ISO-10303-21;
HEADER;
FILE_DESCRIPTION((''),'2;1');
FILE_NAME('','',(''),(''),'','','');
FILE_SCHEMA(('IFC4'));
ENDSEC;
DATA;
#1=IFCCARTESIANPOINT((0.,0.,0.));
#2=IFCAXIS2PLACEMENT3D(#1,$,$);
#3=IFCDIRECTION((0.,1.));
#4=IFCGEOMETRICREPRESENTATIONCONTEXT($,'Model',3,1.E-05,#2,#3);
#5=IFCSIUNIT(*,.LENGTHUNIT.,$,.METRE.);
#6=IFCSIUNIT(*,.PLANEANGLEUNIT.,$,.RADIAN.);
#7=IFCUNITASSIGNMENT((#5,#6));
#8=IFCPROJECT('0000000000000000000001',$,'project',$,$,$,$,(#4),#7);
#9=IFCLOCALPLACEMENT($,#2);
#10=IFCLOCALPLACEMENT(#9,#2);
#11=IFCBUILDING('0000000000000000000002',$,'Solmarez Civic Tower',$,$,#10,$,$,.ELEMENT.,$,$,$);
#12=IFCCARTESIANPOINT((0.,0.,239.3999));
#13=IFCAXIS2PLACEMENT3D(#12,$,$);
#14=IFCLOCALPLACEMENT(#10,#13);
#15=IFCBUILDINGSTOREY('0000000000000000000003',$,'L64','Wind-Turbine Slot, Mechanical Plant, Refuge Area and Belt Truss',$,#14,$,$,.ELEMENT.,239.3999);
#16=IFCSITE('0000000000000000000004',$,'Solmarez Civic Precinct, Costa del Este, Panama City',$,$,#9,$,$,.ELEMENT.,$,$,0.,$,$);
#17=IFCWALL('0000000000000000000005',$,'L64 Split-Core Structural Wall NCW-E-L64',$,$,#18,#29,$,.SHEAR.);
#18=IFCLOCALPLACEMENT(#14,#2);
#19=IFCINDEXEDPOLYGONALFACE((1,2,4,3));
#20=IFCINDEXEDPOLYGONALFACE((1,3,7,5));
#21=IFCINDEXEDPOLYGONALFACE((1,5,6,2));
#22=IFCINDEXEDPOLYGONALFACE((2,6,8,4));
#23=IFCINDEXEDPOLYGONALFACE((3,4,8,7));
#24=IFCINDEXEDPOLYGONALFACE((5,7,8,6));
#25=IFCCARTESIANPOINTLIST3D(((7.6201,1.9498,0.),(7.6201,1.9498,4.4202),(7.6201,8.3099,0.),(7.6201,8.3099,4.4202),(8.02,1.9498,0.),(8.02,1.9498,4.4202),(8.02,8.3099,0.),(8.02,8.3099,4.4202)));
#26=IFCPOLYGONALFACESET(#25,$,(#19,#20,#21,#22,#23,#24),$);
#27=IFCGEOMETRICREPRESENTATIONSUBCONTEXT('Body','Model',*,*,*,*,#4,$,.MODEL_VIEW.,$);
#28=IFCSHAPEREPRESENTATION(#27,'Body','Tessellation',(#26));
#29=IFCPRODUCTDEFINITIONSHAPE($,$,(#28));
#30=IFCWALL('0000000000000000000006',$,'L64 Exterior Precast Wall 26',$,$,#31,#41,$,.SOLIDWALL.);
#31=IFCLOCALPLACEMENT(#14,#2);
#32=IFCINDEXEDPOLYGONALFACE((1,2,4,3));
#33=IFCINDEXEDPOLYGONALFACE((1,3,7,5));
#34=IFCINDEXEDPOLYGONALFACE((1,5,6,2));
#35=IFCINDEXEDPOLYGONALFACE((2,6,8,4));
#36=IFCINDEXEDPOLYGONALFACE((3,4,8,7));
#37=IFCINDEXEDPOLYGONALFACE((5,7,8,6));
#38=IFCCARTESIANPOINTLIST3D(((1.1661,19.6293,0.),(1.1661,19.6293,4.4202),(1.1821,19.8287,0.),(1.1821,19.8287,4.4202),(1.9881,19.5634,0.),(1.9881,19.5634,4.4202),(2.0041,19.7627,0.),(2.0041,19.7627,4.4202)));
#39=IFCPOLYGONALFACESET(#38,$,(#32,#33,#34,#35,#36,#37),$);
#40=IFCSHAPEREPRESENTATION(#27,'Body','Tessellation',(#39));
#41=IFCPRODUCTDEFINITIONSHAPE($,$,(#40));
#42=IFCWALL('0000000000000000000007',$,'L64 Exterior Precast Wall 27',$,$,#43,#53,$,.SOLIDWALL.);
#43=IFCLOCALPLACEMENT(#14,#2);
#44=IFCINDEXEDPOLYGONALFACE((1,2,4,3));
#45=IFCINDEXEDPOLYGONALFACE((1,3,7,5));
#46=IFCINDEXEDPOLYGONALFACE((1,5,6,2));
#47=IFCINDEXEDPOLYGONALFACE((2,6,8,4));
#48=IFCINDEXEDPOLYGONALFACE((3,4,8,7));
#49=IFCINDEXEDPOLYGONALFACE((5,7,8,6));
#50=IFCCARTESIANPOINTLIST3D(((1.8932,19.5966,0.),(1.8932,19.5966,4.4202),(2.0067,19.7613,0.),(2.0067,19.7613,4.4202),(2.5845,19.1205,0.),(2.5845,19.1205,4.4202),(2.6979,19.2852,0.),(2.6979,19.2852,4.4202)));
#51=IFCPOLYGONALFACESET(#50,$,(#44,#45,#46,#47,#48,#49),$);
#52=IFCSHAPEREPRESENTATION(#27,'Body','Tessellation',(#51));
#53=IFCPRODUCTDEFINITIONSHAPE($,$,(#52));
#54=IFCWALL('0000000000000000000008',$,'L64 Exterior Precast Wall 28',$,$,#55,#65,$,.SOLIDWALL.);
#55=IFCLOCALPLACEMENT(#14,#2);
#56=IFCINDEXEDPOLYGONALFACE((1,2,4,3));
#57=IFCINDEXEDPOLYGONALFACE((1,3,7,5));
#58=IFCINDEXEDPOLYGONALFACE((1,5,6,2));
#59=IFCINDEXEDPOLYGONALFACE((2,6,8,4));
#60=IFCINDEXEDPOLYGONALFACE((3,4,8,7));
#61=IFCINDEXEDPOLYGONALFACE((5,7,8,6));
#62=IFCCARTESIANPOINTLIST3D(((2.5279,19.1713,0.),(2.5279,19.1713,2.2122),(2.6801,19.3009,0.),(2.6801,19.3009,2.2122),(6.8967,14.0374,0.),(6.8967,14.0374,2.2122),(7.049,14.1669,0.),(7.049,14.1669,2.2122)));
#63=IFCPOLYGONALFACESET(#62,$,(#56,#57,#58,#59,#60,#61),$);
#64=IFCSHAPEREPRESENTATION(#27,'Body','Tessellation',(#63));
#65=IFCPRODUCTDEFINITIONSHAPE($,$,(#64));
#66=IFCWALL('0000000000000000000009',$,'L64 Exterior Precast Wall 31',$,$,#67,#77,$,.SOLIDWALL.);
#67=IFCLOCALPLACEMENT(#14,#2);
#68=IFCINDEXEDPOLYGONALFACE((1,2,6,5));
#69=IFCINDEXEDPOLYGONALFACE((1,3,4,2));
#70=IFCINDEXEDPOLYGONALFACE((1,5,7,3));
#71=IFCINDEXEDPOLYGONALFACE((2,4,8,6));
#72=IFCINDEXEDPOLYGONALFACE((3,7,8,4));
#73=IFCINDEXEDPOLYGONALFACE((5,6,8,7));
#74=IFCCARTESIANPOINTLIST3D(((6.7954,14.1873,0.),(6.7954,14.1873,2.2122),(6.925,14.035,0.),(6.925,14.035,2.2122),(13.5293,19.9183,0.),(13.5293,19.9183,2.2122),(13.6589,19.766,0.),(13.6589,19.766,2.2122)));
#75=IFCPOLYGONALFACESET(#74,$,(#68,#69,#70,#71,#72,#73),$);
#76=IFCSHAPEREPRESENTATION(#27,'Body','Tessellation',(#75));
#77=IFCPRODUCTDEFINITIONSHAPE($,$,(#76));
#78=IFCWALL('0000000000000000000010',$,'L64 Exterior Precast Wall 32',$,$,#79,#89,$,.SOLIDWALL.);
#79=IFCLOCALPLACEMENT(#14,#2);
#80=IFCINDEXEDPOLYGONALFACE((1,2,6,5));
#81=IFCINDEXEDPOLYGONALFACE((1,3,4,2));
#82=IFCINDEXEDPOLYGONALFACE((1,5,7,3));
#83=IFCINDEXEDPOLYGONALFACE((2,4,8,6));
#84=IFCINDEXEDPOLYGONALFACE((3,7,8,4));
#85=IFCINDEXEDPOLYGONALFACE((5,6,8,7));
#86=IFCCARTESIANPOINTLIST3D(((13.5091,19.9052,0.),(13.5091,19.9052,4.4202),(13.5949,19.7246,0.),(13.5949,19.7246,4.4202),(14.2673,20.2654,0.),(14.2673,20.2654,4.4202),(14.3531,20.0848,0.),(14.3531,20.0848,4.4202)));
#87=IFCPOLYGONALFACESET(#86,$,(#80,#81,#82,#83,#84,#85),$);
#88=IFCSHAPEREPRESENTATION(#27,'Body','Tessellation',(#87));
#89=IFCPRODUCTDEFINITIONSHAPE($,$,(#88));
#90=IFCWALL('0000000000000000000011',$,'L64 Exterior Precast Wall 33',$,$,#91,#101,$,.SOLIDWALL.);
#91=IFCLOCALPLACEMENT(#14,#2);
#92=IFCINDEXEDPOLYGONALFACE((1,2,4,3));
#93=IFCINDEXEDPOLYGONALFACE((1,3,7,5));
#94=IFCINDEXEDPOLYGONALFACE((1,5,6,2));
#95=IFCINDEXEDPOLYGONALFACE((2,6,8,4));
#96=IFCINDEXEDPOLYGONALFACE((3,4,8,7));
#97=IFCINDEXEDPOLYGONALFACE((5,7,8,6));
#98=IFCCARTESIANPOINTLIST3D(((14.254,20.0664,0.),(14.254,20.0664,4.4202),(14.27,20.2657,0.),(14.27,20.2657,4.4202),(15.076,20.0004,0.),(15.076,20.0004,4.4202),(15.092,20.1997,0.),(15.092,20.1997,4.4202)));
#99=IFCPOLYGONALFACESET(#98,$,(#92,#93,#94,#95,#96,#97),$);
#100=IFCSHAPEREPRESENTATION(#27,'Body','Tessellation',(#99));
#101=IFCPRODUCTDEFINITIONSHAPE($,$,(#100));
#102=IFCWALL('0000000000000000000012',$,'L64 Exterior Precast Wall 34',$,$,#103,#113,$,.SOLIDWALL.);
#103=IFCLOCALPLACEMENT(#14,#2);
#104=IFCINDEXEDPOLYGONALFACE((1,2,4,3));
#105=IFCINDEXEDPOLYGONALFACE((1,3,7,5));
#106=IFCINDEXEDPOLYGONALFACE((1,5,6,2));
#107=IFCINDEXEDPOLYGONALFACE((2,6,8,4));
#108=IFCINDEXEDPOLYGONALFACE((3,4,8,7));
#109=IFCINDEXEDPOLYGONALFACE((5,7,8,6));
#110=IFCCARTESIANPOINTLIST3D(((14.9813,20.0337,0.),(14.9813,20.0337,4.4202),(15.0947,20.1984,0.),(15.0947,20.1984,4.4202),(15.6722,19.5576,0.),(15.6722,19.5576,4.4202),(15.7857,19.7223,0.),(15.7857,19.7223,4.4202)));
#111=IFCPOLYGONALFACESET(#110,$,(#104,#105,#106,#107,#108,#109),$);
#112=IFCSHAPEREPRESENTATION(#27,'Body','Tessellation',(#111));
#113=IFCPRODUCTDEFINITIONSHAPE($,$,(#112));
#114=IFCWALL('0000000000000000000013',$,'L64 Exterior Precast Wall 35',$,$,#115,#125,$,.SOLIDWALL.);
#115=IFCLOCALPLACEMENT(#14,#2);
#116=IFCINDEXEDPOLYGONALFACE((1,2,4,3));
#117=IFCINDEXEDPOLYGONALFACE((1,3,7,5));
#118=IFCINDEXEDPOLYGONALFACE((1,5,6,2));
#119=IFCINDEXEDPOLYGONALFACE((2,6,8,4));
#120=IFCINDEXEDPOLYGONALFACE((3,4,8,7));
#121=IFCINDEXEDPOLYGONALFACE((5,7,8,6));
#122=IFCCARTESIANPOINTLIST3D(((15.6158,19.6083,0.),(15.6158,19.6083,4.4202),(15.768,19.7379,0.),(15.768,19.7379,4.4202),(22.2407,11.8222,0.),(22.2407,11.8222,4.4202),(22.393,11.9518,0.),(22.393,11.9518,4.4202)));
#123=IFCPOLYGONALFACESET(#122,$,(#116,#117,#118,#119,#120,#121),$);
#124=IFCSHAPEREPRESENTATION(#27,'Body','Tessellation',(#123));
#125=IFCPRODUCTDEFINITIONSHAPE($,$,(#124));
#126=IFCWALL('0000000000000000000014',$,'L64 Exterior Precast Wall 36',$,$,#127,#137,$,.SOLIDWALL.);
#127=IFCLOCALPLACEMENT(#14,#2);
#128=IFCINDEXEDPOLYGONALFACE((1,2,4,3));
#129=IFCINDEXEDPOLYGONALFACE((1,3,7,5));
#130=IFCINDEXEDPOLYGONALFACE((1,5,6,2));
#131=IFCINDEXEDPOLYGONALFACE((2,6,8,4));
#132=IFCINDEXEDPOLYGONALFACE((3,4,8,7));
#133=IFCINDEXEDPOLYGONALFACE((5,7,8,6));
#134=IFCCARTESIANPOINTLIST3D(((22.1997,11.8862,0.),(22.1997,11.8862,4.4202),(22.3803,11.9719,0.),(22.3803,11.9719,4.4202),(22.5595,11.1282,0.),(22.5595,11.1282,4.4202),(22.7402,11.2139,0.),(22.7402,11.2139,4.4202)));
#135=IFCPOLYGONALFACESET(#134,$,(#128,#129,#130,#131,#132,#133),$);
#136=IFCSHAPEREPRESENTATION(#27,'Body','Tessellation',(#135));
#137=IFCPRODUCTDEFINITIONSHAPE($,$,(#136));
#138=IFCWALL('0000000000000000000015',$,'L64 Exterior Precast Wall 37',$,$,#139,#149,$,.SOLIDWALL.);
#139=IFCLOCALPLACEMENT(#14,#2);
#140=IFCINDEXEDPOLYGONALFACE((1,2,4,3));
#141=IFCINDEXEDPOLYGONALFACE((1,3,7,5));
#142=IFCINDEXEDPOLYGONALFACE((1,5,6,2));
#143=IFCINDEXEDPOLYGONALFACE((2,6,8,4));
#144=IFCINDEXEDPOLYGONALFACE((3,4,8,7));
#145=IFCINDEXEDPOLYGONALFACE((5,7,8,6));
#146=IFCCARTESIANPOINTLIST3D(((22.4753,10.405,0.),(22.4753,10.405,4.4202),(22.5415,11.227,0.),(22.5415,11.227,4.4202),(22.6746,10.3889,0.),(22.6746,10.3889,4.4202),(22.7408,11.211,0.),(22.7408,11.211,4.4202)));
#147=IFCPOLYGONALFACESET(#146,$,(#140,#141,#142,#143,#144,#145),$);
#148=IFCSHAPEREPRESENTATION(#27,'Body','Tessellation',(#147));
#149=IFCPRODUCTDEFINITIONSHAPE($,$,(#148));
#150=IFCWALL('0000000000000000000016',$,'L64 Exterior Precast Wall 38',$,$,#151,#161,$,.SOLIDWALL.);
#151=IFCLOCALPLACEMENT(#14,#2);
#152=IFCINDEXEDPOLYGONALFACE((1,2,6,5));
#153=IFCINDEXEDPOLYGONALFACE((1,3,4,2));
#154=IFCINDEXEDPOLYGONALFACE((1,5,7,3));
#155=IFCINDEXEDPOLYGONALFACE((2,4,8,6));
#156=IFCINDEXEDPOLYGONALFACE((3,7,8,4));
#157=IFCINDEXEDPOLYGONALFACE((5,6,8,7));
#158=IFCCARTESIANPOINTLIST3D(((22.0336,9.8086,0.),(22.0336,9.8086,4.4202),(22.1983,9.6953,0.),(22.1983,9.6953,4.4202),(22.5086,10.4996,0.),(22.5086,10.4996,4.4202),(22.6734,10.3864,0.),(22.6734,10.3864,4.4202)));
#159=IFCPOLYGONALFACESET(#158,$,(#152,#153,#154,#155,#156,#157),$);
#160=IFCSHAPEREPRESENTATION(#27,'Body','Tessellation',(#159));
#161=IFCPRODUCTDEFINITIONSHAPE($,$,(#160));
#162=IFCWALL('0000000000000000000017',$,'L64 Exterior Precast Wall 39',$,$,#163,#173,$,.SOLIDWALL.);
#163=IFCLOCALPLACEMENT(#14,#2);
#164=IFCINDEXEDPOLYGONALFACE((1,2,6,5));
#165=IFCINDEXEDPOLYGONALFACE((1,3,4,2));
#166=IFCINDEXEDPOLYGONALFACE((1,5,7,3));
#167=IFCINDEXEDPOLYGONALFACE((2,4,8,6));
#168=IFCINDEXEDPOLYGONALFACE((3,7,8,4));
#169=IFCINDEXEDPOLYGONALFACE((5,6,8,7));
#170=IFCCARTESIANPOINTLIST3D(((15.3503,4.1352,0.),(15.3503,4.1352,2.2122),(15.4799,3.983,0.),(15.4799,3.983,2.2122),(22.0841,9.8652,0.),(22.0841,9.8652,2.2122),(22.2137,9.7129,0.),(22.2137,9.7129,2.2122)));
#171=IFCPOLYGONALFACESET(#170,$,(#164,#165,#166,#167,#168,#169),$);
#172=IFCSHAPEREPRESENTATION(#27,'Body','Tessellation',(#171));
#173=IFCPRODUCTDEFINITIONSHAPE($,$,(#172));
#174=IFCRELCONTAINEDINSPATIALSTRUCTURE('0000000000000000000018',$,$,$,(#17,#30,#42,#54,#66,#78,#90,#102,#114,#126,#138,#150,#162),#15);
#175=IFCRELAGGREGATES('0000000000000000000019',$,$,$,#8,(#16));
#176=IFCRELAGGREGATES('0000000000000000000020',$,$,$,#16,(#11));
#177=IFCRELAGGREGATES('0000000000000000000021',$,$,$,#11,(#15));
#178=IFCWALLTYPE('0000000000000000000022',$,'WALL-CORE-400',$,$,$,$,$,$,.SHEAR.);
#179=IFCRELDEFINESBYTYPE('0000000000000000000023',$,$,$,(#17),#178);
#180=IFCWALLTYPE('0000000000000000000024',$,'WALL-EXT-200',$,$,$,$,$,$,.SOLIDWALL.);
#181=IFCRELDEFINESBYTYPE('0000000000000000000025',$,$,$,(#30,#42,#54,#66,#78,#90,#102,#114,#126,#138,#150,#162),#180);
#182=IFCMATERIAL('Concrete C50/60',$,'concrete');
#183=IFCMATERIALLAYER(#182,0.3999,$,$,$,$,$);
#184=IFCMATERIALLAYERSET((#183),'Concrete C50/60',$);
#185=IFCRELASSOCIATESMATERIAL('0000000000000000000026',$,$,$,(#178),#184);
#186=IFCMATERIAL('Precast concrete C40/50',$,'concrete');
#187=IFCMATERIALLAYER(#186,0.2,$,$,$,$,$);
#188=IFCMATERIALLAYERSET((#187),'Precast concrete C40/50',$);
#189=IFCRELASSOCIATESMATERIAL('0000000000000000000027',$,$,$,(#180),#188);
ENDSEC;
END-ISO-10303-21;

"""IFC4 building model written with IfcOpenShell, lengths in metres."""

from ifc_helpers import new_model, si_unit, direction, frame, frame_2d, origin, place, context, subcontext, project, spatial, rectangle, extrude, material, layer, layer_set, type_object, element, save


model = new_model("IFC4")

# Units and contexts
model_context = context("Model", 3, precision=1e-05, world=origin(), true_north=direction((0.0, 1.0)))
body_context = subcontext(model_context, "Body", "Model", "MODEL_VIEW")
ifc_project = project(units=[si_unit("LENGTHUNIT", "METRE"), si_unit("PLANEANGLEUNIT", "RADIAN")], contexts=[model_context])

# Site, building, storey
site_placement = place(None, origin())
site = spatial("IfcSite", under=ifc_project, at=site_placement, Name="Solmarez Civic Precinct, Costa del Este, Panama City", CompositionType="ELEMENT", RefElevation=0.0)
building_placement = place(site_placement, origin())
building = spatial("IfcBuilding", under=site, at=building_placement, Name="Solmarez Civic Tower", CompositionType="ELEMENT")
storey_placement = place(building_placement, frame((0.0, 0.0, 239.3999)))
storey = spatial("IfcBuildingStorey", under=building, at=storey_placement, Name="L64", Description="Wind-Turbine Slot, Mechanical Plant, Refuge Area and Belt Truss", CompositionType="ELEMENT", Elevation=239.3999)

# Shared definitions
ifc_material_1 = material(Name="Concrete C50/60", Category="concrete")

# Walls
ifc_layer_1 = layer(ifc_material_1, 0.3999)
ifc_layer_set_1 = layer_set([ifc_layer_1], Name="Concrete C50/60")
wall_type_1 = type_object("IfcWallType", Name="WALL-CORE-400", PredefinedType="SHEAR", material=ifc_layer_set_1)
wall_1_placement = place(storey_placement, frame((7.8201, 8.3101, 0.0), z_axis=(0.0, 0.0, 1.0), x_axis=(0.0, -1.0, 0.0)))
element("IfcWall", 1, at=wall_1_placement, inside=storey, type_object=wall_type_1, Name="L64 Split-Core Structural Wall NCW-E-L64", PredefinedType="SHEAR", context=body_context, shape_type="SweptSolid", body=[
    extrude(rectangle(XDim=6.3601, YDim=0.3999, at=frame_2d((3.1802, 0.0))), origin(), (0.0, 0.0, 1.0), 4.4202),
])
ifc_material_2 = material(Name="Precast concrete C40/50", Category="concrete")
ifc_layer_2 = layer(ifc_material_2, 0.2)
ifc_layer_set_2 = layer_set([ifc_layer_2], Name="Precast concrete C40/50")
wall_type_2 = type_object("IfcWallType", Name="WALL-EXT-200", PredefinedType="SOLIDWALL", material=ifc_layer_set_2)
wall_2_placement = place(storey_placement, frame((1.1741, 19.729, 0.0), z_axis=(0.0, 0.0, 1.0), x_axis=(0.9968, -0.079933, 0.0)))
element("IfcWall", 2, at=wall_2_placement, inside=storey, type_object=wall_type_2, Name="L64 Exterior Precast Wall 26", PredefinedType="SOLIDWALL", context=body_context, shape_type="SweptSolid", body=[
    extrude(rectangle(XDim=0.8247, YDim=0.2, at=frame_2d((0.4124, 0.0))), origin(), (0.0, 0.0, 1.0), 4.4202),
])
wall_3_placement = place(storey_placement, frame((1.95, 19.679, 0.0), z_axis=(0.0, 0.0, 1.0), x_axis=(0.823541, -0.567257, 0.0)))
element("IfcWall", 3, at=wall_3_placement, inside=storey, type_object=wall_type_2, Name="L64 Exterior Precast Wall 27", PredefinedType="SOLIDWALL", context=body_context, shape_type="SweptSolid", body=[
    extrude(rectangle(XDim=0.8394, YDim=0.2, at=frame_2d((0.4197, 0.0))), origin(), (0.0, 0.0, 1.0), 4.4202),
])
wall_4_placement = place(storey_placement, frame((2.604, 19.2361, 0.0), z_axis=(0.0, 0.0, 1.0), x_axis=(0.648076, -0.761576, 0.0)))
element("IfcWall", 4, at=wall_4_placement, inside=storey, type_object=wall_type_2, Name="L64 Exterior Precast Wall 28", PredefinedType="SOLIDWALL", context=body_context, shape_type="SweptSolid", body=[
    extrude(rectangle(XDim=6.7412, YDim=0.2, at=frame_2d((3.3706, 0.0))), origin(), (0.0, 0.0, 1.0), 2.2122),
])
wall_5_placement = place(storey_placement, frame((6.8601, 14.1111, 0.0), z_axis=(0.0, 0.0, 1.0), x_axis=(0.76154, 0.648118, 0.0)))
element("IfcWall", 5, at=wall_5_placement, inside=storey, type_object=wall_type_2, Name="L64 Exterior Precast Wall 31", PredefinedType="SOLIDWALL", context=body_context, shape_type="SweptSolid", body=[
    extrude(rectangle(XDim=8.8425, YDim=0.2, at=frame_2d((4.4214, 0.0))), origin(), (0.0, 0.0, 1.0), 2.2122),
])
wall_6_placement = place(storey_placement, frame((13.552, 19.8149, 0.0), z_axis=(0.0, 0.0, 1.0), x_axis=(0.903263, 0.429086, 0.0)))
element("IfcWall", 6, at=wall_6_placement, inside=storey, type_object=wall_type_2, Name="L64 Exterior Precast Wall 32", PredefinedType="SOLIDWALL", context=body_context, shape_type="SweptSolid", body=[
    extrude(rectangle(XDim=0.8394, YDim=0.2, at=frame_2d((0.4197, 0.0))), origin(), (0.0, 0.0, 1.0), 4.4202),
])
wall_7_placement = place(storey_placement, frame((14.262, 20.166, 0.0), z_axis=(0.0, 0.0, 1.0), x_axis=(0.9968, -0.079933, 0.0)))
element("IfcWall", 7, at=wall_7_placement, inside=storey, type_object=wall_type_2, Name="L64 Exterior Precast Wall 33", PredefinedType="SOLIDWALL", context=body_context, shape_type="SweptSolid", body=[
    extrude(rectangle(XDim=0.8247, YDim=0.2, at=frame_2d((0.4124, 0.0))), origin(), (0.0, 0.0, 1.0), 4.4202),
])
wall_8_placement = place(storey_placement, frame((15.0381, 20.116, 0.0), z_axis=(0.0, 0.0, 1.0), x_axis=(0.823447, -0.567393, 0.0)))
element("IfcWall", 8, at=wall_8_placement, inside=storey, type_object=wall_type_2, Name="L64 Exterior Precast Wall 34", PredefinedType="SOLIDWALL", context=body_context, shape_type="SweptSolid", body=[
    extrude(rectangle(XDim=0.8391, YDim=0.2, at=frame_2d((0.4194, 0.0))), origin(), (0.0, 0.0, 1.0), 4.4202),
])
wall_9_placement = place(storey_placement, frame((15.6919, 19.6731, 0.0), z_axis=(0.0, 0.0, 1.0), x_axis=(0.648034, -0.761612, 0.0)))
element("IfcWall", 9, at=wall_9_placement, inside=storey, type_object=wall_type_2, Name="L64 Exterior Precast Wall 35", PredefinedType="SOLIDWALL", context=body_context, shape_type="SweptSolid", body=[
    extrude(rectangle(XDim=10.2231, YDim=0.2, at=frame_2d((5.1116, 0.0))), origin(), (0.0, 0.0, 1.0), 4.4202),
])
wall_10_placement = place(storey_placement, frame((22.29, 11.929, 0.0), z_axis=(0.0, 0.0, 1.0), x_axis=(0.428849, -0.903376, 0.0)))
element("IfcWall", 10, at=wall_10_placement, inside=storey, type_object=wall_type_2, Name="L64 Exterior Precast Wall 36", PredefinedType="SOLIDWALL", context=body_context, shape_type="SweptSolid", body=[
    extrude(rectangle(XDim=0.8391, YDim=0.2, at=frame_2d((0.4194, 0.0))), origin(), (0.0, 0.0, 1.0), 4.4202),
])
wall_11_placement = place(storey_placement, frame((22.6411, 11.219, 0.0), z_axis=(0.0, 0.0, 1.0), x_axis=(-0.080228, -0.996777, 0.0)))
element("IfcWall", 11, at=wall_11_placement, inside=storey, type_object=wall_type_2, Name="L64 Exterior Precast Wall 37", PredefinedType="SOLIDWALL", context=body_context, shape_type="SweptSolid", body=[
    extrude(rectangle(XDim=0.8247, YDim=0.2, at=frame_2d((0.4124, 0.0))), origin(), (0.0, 0.0, 1.0), 4.4202),
])
wall_12_placement = place(storey_placement, frame((22.5911, 10.4431, 0.0), z_axis=(0.0, 0.0, 1.0), x_axis=(-0.566467, -0.824084, 0.0)))
element("IfcWall", 12, at=wall_12_placement, inside=storey, type_object=wall_type_2, Name="L64 Exterior Precast Wall 38", PredefinedType="SOLIDWALL", context=body_context, shape_type="SweptSolid", body=[
    extrude(rectangle(XDim=0.8386, YDim=0.2, at=frame_2d((0.4194, 0.0))), origin(), (0.0, 0.0, 1.0), 4.4202),
])
wall_13_placement = place(storey_placement, frame((22.1489, 9.7891, 0.0), z_axis=(0.0, 0.0, 1.0), x_axis=(-0.761594, -0.648054, 0.0)))
element("IfcWall", 13, at=wall_13_placement, inside=storey, type_object=wall_type_2, Name="L64 Exterior Precast Wall 39", PredefinedType="SOLIDWALL", context=body_context, shape_type="SweptSolid", body=[
    extrude(rectangle(XDim=8.8418, YDim=0.2, at=frame_2d((4.4209, 0.0))), origin(), (0.0, 0.0, 1.0), 2.2122),
])

save(model, "model.ifc")
